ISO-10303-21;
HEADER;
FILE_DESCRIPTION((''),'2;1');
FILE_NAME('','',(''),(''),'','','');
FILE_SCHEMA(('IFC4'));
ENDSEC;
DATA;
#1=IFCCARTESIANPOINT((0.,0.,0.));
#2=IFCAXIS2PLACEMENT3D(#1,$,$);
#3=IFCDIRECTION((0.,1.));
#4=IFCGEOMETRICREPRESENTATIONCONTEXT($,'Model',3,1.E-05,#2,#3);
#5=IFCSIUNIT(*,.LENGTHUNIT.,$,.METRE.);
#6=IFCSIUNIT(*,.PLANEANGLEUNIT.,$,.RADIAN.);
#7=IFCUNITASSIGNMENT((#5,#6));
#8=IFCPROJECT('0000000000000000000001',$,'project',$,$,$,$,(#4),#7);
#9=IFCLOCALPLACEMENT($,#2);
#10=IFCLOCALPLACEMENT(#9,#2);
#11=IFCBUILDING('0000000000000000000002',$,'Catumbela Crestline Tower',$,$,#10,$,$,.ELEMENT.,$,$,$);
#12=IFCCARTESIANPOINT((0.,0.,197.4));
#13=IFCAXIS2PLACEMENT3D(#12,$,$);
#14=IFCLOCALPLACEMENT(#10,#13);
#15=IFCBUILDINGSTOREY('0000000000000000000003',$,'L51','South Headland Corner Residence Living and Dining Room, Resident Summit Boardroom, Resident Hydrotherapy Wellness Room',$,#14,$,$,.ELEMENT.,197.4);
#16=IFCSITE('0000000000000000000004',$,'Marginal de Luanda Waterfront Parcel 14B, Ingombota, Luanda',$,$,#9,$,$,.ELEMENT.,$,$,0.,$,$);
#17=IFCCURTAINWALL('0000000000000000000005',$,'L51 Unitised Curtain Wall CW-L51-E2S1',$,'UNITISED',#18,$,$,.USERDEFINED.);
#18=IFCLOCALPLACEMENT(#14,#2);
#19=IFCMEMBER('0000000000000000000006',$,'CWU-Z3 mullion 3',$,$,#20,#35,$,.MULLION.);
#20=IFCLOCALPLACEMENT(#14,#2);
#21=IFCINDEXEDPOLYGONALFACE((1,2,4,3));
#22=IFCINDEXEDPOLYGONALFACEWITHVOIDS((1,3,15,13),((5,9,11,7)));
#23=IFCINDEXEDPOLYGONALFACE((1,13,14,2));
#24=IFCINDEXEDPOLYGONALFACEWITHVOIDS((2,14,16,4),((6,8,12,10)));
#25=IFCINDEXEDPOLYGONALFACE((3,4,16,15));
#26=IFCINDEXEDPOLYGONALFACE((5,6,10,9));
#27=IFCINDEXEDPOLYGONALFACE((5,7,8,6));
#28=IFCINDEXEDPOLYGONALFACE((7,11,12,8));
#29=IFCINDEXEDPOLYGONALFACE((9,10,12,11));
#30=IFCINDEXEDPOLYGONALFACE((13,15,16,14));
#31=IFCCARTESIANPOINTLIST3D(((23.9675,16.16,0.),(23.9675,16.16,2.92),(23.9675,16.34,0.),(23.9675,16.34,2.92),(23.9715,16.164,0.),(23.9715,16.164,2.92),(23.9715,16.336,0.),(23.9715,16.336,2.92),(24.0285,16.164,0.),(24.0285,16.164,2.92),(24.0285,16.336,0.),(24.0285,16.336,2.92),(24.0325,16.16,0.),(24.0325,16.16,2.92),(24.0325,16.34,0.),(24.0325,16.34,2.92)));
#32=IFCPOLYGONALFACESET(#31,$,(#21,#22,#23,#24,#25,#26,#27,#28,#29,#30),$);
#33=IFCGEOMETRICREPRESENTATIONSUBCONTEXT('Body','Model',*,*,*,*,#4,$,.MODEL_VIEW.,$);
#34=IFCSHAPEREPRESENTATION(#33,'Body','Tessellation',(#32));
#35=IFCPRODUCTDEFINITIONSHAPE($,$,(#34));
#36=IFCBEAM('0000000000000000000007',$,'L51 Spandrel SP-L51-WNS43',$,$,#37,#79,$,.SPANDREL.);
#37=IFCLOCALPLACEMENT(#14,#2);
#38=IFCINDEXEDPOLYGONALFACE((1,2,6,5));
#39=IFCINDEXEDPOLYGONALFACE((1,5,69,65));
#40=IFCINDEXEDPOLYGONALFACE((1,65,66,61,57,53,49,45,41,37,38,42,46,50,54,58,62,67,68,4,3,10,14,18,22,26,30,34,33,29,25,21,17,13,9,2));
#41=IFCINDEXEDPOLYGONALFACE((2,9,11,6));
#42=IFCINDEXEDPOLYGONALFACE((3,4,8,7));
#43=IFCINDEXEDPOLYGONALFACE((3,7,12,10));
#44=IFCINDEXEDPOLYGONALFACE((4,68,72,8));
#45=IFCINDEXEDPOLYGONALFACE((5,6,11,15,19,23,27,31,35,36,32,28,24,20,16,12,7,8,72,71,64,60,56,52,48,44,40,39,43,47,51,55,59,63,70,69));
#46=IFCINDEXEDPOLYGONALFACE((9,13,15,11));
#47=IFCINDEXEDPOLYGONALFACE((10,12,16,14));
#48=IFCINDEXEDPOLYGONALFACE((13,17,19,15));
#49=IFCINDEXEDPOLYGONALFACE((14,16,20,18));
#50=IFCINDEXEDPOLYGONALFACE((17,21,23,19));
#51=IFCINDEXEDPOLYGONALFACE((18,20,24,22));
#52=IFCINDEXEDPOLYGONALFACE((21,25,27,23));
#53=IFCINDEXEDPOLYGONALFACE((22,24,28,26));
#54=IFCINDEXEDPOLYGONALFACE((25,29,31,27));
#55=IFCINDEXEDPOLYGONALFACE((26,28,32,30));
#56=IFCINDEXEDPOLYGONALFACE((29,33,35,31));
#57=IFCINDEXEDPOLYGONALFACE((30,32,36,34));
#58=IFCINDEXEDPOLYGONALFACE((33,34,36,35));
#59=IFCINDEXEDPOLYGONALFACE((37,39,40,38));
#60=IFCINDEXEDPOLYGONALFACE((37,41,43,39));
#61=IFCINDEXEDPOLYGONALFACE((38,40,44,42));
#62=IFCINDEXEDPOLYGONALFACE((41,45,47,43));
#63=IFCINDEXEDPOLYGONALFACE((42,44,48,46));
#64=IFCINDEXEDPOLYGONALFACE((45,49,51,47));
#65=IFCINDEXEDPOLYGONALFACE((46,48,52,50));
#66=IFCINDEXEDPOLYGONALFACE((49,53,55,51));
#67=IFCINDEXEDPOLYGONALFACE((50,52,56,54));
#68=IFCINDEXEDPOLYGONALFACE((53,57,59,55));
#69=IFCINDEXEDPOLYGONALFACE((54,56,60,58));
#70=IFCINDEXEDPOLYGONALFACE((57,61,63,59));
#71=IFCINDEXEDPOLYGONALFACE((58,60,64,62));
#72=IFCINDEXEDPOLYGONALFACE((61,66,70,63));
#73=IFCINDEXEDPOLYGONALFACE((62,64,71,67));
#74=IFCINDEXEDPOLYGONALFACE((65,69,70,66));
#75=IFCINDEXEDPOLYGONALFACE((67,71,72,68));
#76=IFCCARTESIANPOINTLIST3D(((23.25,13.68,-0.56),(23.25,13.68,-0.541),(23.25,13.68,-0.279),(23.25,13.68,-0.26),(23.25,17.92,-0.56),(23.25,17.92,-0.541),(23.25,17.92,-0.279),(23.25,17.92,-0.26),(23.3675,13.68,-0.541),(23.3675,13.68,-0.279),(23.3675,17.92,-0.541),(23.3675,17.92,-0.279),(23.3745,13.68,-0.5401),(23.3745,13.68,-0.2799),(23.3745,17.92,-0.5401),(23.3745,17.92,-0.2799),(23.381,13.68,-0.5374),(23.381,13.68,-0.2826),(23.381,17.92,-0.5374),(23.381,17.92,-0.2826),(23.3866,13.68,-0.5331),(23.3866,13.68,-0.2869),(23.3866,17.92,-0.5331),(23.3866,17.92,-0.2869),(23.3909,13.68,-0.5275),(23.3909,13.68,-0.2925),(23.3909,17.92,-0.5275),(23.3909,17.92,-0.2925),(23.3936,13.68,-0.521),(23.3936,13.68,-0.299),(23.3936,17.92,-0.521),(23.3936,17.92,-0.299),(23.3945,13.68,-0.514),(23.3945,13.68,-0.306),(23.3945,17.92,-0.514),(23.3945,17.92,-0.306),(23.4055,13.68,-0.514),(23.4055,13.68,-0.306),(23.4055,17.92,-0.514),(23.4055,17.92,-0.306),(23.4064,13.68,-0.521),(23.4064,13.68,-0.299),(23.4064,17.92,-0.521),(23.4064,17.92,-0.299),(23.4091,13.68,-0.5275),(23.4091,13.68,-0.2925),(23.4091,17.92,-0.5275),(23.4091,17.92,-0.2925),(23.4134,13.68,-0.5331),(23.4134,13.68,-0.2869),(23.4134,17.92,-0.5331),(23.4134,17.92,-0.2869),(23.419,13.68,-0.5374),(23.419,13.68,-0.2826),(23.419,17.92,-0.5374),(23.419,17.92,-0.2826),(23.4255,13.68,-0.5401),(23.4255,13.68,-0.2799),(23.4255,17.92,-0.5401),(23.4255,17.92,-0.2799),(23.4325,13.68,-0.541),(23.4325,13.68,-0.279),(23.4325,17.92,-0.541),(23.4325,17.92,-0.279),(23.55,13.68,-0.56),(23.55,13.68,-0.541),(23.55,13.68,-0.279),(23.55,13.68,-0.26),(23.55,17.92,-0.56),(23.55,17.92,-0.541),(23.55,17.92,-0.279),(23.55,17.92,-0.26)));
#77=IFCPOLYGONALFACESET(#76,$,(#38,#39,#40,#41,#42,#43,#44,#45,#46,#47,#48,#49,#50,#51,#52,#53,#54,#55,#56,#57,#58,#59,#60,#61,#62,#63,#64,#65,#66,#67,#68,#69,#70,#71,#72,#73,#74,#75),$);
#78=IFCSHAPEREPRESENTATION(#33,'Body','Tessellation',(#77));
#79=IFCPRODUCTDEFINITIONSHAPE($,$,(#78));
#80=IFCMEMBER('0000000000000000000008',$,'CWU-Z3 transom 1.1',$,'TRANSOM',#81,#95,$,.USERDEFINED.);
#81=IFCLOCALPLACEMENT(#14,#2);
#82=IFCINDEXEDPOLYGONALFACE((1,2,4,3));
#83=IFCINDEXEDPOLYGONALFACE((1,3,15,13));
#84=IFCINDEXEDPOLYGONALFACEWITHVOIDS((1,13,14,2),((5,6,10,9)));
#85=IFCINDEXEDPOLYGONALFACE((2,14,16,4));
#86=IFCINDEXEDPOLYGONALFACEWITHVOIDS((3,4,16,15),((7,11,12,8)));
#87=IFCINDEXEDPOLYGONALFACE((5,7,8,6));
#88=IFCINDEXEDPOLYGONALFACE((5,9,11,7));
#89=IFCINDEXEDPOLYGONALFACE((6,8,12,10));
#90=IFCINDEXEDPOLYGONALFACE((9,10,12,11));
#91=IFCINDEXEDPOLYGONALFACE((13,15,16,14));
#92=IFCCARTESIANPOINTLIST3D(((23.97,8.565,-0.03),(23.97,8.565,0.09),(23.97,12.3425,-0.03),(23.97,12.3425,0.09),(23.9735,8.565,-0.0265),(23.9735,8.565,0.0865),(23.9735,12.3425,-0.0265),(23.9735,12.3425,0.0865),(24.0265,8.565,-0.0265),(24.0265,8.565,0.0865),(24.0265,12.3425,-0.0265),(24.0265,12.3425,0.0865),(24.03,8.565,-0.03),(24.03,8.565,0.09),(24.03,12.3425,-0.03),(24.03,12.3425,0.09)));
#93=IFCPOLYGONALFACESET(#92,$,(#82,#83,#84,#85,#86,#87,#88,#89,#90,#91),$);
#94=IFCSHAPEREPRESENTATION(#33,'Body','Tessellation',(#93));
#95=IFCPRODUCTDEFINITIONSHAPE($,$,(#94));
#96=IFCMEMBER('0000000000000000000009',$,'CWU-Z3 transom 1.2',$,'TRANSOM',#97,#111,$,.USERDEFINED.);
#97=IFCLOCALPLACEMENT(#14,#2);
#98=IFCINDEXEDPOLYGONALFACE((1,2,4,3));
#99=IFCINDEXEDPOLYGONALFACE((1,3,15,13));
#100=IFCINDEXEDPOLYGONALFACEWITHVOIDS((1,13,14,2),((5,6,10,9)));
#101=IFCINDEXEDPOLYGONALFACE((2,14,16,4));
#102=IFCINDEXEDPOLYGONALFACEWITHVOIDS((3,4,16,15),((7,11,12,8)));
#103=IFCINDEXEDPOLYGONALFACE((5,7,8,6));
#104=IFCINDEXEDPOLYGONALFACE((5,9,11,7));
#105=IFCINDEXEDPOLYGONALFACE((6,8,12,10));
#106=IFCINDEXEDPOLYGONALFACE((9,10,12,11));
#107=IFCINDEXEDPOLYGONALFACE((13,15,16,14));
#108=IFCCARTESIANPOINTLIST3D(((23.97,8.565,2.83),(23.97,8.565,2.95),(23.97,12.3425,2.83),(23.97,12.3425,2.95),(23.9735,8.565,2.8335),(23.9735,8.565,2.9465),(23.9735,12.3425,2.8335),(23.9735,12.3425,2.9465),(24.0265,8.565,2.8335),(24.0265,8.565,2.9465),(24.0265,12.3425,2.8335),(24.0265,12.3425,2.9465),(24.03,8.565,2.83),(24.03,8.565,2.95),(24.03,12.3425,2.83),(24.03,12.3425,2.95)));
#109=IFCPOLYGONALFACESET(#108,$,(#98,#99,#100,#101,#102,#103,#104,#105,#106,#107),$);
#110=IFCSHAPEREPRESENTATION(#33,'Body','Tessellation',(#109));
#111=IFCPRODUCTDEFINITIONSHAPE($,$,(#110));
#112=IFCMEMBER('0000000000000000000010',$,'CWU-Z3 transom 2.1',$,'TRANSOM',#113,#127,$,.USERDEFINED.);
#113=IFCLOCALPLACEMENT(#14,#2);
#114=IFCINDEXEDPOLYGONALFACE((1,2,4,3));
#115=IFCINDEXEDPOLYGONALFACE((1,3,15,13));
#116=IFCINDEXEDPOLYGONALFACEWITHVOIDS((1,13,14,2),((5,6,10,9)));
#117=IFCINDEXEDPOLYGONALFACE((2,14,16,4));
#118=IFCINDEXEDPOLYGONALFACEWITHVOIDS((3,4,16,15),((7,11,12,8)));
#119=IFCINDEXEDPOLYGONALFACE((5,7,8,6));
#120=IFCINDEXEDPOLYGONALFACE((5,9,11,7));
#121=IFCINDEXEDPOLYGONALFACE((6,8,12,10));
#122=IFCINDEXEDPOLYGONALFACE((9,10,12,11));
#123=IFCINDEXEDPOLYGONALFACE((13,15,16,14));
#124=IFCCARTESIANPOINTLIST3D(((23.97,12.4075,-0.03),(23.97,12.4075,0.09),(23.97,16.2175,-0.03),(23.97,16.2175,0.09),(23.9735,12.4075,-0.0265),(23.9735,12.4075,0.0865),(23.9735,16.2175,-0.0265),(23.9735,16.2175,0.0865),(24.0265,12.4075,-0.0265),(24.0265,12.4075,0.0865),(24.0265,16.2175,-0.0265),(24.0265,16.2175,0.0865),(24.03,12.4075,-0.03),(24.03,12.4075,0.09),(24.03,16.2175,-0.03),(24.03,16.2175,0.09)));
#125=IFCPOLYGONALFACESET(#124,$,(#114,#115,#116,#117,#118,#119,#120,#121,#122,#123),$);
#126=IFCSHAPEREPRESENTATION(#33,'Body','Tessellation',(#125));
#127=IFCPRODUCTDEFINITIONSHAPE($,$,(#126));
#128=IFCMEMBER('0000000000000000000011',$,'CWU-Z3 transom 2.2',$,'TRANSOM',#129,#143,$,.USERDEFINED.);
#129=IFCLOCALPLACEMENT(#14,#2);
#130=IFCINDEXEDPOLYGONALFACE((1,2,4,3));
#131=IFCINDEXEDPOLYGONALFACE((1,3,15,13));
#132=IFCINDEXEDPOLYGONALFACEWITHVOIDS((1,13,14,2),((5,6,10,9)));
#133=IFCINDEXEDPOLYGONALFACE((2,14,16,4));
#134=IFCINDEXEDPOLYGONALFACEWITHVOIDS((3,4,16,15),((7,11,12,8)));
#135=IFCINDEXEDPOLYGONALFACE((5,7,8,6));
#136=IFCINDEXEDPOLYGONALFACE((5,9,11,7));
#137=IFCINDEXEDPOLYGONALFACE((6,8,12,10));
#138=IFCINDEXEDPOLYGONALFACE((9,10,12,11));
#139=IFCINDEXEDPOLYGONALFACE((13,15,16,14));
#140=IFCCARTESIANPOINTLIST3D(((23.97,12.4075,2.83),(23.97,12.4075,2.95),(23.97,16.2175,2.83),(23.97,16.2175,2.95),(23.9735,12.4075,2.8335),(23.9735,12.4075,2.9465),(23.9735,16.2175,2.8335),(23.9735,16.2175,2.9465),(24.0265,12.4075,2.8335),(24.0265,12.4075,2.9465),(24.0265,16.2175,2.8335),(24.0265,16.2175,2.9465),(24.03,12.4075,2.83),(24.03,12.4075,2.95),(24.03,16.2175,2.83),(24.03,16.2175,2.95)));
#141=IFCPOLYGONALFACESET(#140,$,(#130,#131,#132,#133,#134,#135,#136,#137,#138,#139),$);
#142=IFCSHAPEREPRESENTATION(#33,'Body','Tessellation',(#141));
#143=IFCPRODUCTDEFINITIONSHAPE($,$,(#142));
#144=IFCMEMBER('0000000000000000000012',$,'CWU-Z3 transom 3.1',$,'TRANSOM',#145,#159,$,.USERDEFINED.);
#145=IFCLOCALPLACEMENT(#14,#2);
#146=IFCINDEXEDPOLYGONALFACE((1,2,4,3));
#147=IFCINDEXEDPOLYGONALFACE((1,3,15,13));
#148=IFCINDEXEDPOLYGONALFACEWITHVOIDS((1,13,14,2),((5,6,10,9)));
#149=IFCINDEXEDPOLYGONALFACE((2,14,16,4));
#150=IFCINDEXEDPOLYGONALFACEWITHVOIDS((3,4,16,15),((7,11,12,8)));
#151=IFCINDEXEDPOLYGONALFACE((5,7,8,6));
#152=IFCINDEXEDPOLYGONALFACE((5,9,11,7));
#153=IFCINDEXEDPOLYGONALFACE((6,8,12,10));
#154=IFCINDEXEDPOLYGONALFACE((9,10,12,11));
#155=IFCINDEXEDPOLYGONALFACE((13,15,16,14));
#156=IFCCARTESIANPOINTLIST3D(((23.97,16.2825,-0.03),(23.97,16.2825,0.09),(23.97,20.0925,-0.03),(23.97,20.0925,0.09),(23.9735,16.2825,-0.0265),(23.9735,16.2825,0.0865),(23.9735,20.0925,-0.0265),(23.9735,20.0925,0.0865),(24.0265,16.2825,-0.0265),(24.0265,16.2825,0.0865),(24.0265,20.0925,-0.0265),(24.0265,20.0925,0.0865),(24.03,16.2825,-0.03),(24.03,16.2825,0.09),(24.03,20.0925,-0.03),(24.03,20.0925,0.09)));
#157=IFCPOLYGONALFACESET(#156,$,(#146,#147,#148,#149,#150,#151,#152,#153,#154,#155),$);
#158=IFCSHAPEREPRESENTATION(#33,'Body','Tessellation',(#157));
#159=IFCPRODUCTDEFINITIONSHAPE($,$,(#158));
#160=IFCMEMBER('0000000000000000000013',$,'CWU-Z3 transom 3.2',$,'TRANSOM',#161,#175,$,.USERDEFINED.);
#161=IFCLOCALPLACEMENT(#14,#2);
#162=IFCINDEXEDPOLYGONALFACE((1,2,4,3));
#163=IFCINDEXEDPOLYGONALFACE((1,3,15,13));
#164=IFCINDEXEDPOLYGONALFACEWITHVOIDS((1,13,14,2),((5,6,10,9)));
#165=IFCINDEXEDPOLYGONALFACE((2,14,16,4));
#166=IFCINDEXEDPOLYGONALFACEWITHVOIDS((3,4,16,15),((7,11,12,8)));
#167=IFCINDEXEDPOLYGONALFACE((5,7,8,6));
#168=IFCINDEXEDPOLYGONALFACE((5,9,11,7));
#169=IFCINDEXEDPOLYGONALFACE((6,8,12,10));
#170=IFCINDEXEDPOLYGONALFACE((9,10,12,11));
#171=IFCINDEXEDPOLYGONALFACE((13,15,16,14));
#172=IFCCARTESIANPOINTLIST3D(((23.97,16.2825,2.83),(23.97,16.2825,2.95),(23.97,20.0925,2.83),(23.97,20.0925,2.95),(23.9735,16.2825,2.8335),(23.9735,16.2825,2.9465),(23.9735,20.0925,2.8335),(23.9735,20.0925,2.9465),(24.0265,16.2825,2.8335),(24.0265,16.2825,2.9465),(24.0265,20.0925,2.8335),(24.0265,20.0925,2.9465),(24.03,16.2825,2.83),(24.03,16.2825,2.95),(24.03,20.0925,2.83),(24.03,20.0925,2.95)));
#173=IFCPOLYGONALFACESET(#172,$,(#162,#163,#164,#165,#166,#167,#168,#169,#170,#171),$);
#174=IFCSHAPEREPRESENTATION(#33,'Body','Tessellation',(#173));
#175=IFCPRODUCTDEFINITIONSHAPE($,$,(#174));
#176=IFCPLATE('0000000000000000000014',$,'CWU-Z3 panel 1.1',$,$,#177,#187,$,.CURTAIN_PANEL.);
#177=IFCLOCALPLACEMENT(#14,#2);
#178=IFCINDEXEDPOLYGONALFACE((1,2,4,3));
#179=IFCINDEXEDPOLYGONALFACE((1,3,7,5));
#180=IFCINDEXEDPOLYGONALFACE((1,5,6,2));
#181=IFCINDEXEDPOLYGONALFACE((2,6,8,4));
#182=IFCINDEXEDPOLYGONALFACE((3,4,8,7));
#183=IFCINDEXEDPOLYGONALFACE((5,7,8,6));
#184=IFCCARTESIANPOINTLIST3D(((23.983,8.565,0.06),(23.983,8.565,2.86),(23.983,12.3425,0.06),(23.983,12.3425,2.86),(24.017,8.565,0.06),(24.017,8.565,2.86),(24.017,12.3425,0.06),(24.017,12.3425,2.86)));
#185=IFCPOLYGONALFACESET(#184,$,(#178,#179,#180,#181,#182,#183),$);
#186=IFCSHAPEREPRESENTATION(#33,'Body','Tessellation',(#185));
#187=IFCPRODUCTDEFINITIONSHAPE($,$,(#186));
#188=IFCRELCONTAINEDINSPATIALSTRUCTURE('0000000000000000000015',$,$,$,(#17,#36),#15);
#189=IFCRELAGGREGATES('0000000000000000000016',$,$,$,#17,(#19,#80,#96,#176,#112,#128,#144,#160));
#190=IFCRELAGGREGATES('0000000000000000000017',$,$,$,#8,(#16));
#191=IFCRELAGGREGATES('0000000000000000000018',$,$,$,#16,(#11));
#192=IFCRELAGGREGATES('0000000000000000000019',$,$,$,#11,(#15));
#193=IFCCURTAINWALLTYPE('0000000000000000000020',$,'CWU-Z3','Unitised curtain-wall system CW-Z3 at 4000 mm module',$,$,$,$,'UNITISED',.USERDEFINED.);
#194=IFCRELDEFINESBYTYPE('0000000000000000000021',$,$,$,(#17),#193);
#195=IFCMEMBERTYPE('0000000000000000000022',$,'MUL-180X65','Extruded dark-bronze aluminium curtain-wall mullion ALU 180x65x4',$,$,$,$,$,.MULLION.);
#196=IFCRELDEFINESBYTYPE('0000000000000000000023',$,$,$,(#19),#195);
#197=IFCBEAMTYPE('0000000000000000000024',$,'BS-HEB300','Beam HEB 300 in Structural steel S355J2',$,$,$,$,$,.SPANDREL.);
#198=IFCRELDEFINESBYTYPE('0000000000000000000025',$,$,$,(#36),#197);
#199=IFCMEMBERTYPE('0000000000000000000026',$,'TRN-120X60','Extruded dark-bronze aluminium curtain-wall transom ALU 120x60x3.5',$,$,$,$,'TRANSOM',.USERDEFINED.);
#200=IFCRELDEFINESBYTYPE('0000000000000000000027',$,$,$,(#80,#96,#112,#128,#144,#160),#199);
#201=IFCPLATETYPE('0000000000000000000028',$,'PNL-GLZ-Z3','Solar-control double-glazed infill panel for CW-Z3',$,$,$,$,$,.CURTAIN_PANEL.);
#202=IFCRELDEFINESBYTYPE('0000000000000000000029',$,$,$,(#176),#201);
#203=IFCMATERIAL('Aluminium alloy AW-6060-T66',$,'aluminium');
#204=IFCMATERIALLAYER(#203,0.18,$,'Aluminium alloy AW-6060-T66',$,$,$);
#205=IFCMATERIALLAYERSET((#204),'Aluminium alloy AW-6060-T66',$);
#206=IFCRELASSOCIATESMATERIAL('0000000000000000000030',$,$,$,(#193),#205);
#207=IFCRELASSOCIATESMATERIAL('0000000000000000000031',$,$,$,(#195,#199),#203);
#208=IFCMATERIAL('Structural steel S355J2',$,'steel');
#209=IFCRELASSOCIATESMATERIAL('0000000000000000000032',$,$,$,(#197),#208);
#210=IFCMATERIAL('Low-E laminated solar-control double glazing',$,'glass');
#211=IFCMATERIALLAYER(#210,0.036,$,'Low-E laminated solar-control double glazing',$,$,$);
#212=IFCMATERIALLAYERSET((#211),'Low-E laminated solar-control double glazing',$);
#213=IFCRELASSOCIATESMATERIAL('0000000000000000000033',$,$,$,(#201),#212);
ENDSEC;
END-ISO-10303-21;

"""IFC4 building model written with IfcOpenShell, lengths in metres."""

from ifc_helpers import new_model, si_unit, direction, frame, origin, origin_2d, place, context, subcontext, project, spatial, rectangle, hollow_rectangle, i_section, extrude, material, layer, layer_set, material_profile, profile_set, type_object, element, aggregate, save


model = new_model("IFC4")

# Units and contexts
model_context = context("Model", 3, precision=1e-05, world=origin(), true_north=direction((0.0, 1.0)))
body_context = subcontext(model_context, "Body", "Model", "MODEL_VIEW")
ifc_project = project(units=[si_unit("LENGTHUNIT", "METRE"), si_unit("PLANEANGLEUNIT", "RADIAN")], contexts=[model_context])

# Site, building, storey
site_placement = place(None, origin())
site = spatial("IfcSite", under=ifc_project, at=site_placement, Name="Marginal de Luanda Waterfront Parcel 14B, Ingombota, Luanda", CompositionType="ELEMENT", RefElevation=0.0)
building_placement = place(site_placement, origin())
building = spatial("IfcBuilding", under=site, at=building_placement, Name="Catumbela Crestline Tower", CompositionType="ELEMENT")
storey_placement = place(building_placement, frame((0.0, 0.0, 197.4)))
storey = spatial("IfcBuildingStorey", under=building, at=storey_placement, Name="L51", Description="South Headland Corner Residence Living and Dining Room, Resident Summit Boardroom, Resident Hydrotherapy Wellness Room", CompositionType="ELEMENT", Elevation=197.4)

# Shared definitions
ifc_material_1 = material(Name="Structural steel S355J2", Category="steel")

# Shared definitions
ifc_material_2 = material(Name="Aluminium alloy AW-6060-T66", Category="aluminium")
ifc_layer_1 = layer(ifc_material_2, 0.18, Name="Aluminium alloy AW-6060-T66")
ifc_layer_set_1 = layer_set([ifc_layer_1], Name="Aluminium alloy AW-6060-T66")
curtain_wall_type = type_object("IfcCurtainWallType", Name="CWU-Z3", Description="Unitised curtain-wall system CW-Z3 at 4000 mm module", ElementType="UNITISED", PredefinedType="USERDEFINED", material=ifc_layer_set_1)
ifc_material_profile_1 = material_profile(ifc_material_2, hollow_rectangle(XDim=0.065, YDim=0.18, WallThickness=0.004, at=origin_2d()), Name="ALU 180x65x4")
ifc_profile_set_1 = profile_set([ifc_material_profile_1], Name="Aluminium alloy AW-6060-T66")
member_type_1 = type_object("IfcMemberType", Name="MUL-180X65", Description="Extruded dark-bronze aluminium curtain-wall mullion ALU 180x65x4", PredefinedType="MULLION", material=ifc_profile_set_1)

# Curtain wall, member
curtain_wall_1_placement = place(storey_placement, origin())
curtain_wall_1 = element("IfcCurtainWall", 1, at=curtain_wall_1_placement, inside=storey, type_object=curtain_wall_type, Name="L51 Unitised Curtain Wall CW-L51-E2S1", ObjectType="UNITISED", PredefinedType="USERDEFINED")
member_1_placement = place(storey_placement, frame((24.0, 16.25, 0.0), z_axis=(0.0, 0.0, 1.0), x_axis=(-1.0, 0.0, 0.0)))
member_1 = element("IfcMember", 2, at=member_1_placement, type_object=member_type_1, Name="CWU-Z3 mullion 3", PredefinedType="MULLION", context=body_context, shape_type="SweptSolid", body=[
    extrude(hollow_rectangle(XDim=0.065, YDim=0.18, WallThickness=0.004, at=origin_2d()), origin(), (0.0, 0.0, 1.0), 2.92),
])

# Beam
ifc_material_profile_2 = material_profile(ifc_material_1, i_section(OverallWidth=0.3, OverallDepth=0.3, WebThickness=0.011, FlangeThickness=0.019, FilletRadius=0.027, at=origin_2d()), Name="HEB 300")
ifc_profile_set_2 = profile_set([ifc_material_profile_2], Name="Structural steel S355J2")
beam_type_1 = type_object("IfcBeamType", Name="BS-HEB300", Description="Beam HEB 300 in Structural steel S355J2", PredefinedType="SPANDREL", material=ifc_profile_set_2)
beam_1_placement = place(storey_placement, frame((23.4, 13.68, -0.41), z_axis=(0.0, 1.0, 0.0), x_axis=(-1.0, 0.0, 0.0)))
element("IfcBeam", 3, at=beam_1_placement, inside=storey, type_object=beam_type_1, Name="L51 Spandrel SP-L51-WNS43", PredefinedType="SPANDREL", context=body_context, shape_type="SweptSolid", body=[
    extrude(i_section(OverallWidth=0.3, OverallDepth=0.3, WebThickness=0.011, FlangeThickness=0.019, FilletRadius=0.027, at=origin_2d()), origin(), (0.0, 0.0, 1.0), 4.24),
])

# Members
ifc_material_profile_3 = material_profile(ifc_material_2, hollow_rectangle(XDim=0.06, YDim=0.12, WallThickness=0.0035, at=origin_2d()), Name="ALU 120x60x3.5")
ifc_profile_set_3 = profile_set([ifc_material_profile_3], Name="Aluminium alloy AW-6060-T66")
member_type_2 = type_object("IfcMemberType", Name="TRN-120X60", Description="Extruded dark-bronze aluminium curtain-wall transom ALU 120x60x3.5", ElementType="TRANSOM", PredefinedType="USERDEFINED", material=ifc_profile_set_3)
member_2_placement = place(storey_placement, frame((24.0, 8.565, 0.03), z_axis=(0.0, 1.0, 0.0), x_axis=(-1.0, 0.0, 0.0)))
member_2 = element("IfcMember", 4, at=member_2_placement, type_object=member_type_2, Name="CWU-Z3 transom 1.1", ObjectType="TRANSOM", PredefinedType="USERDEFINED", context=body_context, shape_type="SweptSolid", body=[
    extrude(hollow_rectangle(XDim=0.06, YDim=0.12, WallThickness=0.0035, at=origin_2d()), origin(), (0.0, 0.0, 1.0), 3.7775),
])
member_3_placement = place(storey_placement, frame((24.0, 8.565, 2.89), z_axis=(0.0, 1.0, 0.0), x_axis=(-1.0, 0.0, 0.0)))
member_3 = element("IfcMember", 5, at=member_3_placement, type_object=member_type_2, Name="CWU-Z3 transom 1.2", ObjectType="TRANSOM", PredefinedType="USERDEFINED", context=body_context, shape_type="SweptSolid", body=[
    extrude(hollow_rectangle(XDim=0.06, YDim=0.12, WallThickness=0.0035, at=origin_2d()), origin(), (0.0, 0.0, 1.0), 3.7775),
])
member_4_placement = place(storey_placement, frame((24.0, 12.4075, 0.03), z_axis=(0.0, 1.0, 0.0), x_axis=(-1.0, 0.0, 0.0)))
member_4 = element("IfcMember", 6, at=member_4_placement, type_object=member_type_2, Name="CWU-Z3 transom 2.1", ObjectType="TRANSOM", PredefinedType="USERDEFINED", context=body_context, shape_type="SweptSolid", body=[
    extrude(hollow_rectangle(XDim=0.06, YDim=0.12, WallThickness=0.0035, at=origin_2d()), origin(), (0.0, 0.0, 1.0), 3.81),
])
member_5_placement = place(storey_placement, frame((24.0, 12.4075, 2.89), z_axis=(0.0, 1.0, 0.0), x_axis=(-1.0, 0.0, 0.0)))
member_5 = element("IfcMember", 7, at=member_5_placement, type_object=member_type_2, Name="CWU-Z3 transom 2.2", ObjectType="TRANSOM", PredefinedType="USERDEFINED", context=body_context, shape_type="SweptSolid", body=[
    extrude(hollow_rectangle(XDim=0.06, YDim=0.12, WallThickness=0.0035, at=origin_2d()), origin(), (0.0, 0.0, 1.0), 3.81),
])
member_6_placement = place(storey_placement, frame((24.0, 16.2825, 0.03), z_axis=(0.0, 1.0, 0.0), x_axis=(-1.0, 0.0, 0.0)))
member_6 = element("IfcMember", 8, at=member_6_placement, type_object=member_type_2, Name="CWU-Z3 transom 3.1", ObjectType="TRANSOM", PredefinedType="USERDEFINED", context=body_context, shape_type="SweptSolid", body=[
    extrude(hollow_rectangle(XDim=0.06, YDim=0.12, WallThickness=0.0035, at=origin_2d()), origin(), (0.0, 0.0, 1.0), 3.81),
])
member_7_placement = place(storey_placement, frame((24.0, 16.2825, 2.89), z_axis=(0.0, 1.0, 0.0), x_axis=(-1.0, 0.0, 0.0)))
member_7 = element("IfcMember", 9, at=member_7_placement, type_object=member_type_2, Name="CWU-Z3 transom 3.2", ObjectType="TRANSOM", PredefinedType="USERDEFINED", context=body_context, shape_type="SweptSolid", body=[
    extrude(hollow_rectangle(XDim=0.06, YDim=0.12, WallThickness=0.0035, at=origin_2d()), origin(), (0.0, 0.0, 1.0), 3.81),
])

# Plate
ifc_material_3 = material(Name="Low-E laminated solar-control double glazing", Category="glass")
ifc_layer_2 = layer(ifc_material_3, 0.036, Name="Low-E laminated solar-control double glazing")
ifc_layer_set_2 = layer_set([ifc_layer_2], Name="Low-E laminated solar-control double glazing")
plate_type = type_object("IfcPlateType", Name="PNL-GLZ-Z3", Description="Solar-control double-glazed infill panel for CW-Z3", PredefinedType="CURTAIN_PANEL", material=ifc_layer_set_2)
plate_1_placement = place(storey_placement, frame((24.0, 10.4538, 0.06), z_axis=(0.0, 0.0, 1.0), x_axis=(0.0, 1.0, 0.0)))
plate_1 = element("IfcPlate", 10, at=plate_1_placement, type_object=plate_type, Name="CWU-Z3 panel 1.1", PredefinedType="CURTAIN_PANEL", context=body_context, shape_type="SweptSolid", body=[
    extrude(rectangle(XDim=3.7775, YDim=0.034, at=origin_2d()), origin(), (0.0, 0.0, 1.0), 2.8),
])
aggregate(curtain_wall_1, [member_1, member_2, member_3, plate_1, member_4, member_5, member_6, member_7])

save(model, "model.ifc")
